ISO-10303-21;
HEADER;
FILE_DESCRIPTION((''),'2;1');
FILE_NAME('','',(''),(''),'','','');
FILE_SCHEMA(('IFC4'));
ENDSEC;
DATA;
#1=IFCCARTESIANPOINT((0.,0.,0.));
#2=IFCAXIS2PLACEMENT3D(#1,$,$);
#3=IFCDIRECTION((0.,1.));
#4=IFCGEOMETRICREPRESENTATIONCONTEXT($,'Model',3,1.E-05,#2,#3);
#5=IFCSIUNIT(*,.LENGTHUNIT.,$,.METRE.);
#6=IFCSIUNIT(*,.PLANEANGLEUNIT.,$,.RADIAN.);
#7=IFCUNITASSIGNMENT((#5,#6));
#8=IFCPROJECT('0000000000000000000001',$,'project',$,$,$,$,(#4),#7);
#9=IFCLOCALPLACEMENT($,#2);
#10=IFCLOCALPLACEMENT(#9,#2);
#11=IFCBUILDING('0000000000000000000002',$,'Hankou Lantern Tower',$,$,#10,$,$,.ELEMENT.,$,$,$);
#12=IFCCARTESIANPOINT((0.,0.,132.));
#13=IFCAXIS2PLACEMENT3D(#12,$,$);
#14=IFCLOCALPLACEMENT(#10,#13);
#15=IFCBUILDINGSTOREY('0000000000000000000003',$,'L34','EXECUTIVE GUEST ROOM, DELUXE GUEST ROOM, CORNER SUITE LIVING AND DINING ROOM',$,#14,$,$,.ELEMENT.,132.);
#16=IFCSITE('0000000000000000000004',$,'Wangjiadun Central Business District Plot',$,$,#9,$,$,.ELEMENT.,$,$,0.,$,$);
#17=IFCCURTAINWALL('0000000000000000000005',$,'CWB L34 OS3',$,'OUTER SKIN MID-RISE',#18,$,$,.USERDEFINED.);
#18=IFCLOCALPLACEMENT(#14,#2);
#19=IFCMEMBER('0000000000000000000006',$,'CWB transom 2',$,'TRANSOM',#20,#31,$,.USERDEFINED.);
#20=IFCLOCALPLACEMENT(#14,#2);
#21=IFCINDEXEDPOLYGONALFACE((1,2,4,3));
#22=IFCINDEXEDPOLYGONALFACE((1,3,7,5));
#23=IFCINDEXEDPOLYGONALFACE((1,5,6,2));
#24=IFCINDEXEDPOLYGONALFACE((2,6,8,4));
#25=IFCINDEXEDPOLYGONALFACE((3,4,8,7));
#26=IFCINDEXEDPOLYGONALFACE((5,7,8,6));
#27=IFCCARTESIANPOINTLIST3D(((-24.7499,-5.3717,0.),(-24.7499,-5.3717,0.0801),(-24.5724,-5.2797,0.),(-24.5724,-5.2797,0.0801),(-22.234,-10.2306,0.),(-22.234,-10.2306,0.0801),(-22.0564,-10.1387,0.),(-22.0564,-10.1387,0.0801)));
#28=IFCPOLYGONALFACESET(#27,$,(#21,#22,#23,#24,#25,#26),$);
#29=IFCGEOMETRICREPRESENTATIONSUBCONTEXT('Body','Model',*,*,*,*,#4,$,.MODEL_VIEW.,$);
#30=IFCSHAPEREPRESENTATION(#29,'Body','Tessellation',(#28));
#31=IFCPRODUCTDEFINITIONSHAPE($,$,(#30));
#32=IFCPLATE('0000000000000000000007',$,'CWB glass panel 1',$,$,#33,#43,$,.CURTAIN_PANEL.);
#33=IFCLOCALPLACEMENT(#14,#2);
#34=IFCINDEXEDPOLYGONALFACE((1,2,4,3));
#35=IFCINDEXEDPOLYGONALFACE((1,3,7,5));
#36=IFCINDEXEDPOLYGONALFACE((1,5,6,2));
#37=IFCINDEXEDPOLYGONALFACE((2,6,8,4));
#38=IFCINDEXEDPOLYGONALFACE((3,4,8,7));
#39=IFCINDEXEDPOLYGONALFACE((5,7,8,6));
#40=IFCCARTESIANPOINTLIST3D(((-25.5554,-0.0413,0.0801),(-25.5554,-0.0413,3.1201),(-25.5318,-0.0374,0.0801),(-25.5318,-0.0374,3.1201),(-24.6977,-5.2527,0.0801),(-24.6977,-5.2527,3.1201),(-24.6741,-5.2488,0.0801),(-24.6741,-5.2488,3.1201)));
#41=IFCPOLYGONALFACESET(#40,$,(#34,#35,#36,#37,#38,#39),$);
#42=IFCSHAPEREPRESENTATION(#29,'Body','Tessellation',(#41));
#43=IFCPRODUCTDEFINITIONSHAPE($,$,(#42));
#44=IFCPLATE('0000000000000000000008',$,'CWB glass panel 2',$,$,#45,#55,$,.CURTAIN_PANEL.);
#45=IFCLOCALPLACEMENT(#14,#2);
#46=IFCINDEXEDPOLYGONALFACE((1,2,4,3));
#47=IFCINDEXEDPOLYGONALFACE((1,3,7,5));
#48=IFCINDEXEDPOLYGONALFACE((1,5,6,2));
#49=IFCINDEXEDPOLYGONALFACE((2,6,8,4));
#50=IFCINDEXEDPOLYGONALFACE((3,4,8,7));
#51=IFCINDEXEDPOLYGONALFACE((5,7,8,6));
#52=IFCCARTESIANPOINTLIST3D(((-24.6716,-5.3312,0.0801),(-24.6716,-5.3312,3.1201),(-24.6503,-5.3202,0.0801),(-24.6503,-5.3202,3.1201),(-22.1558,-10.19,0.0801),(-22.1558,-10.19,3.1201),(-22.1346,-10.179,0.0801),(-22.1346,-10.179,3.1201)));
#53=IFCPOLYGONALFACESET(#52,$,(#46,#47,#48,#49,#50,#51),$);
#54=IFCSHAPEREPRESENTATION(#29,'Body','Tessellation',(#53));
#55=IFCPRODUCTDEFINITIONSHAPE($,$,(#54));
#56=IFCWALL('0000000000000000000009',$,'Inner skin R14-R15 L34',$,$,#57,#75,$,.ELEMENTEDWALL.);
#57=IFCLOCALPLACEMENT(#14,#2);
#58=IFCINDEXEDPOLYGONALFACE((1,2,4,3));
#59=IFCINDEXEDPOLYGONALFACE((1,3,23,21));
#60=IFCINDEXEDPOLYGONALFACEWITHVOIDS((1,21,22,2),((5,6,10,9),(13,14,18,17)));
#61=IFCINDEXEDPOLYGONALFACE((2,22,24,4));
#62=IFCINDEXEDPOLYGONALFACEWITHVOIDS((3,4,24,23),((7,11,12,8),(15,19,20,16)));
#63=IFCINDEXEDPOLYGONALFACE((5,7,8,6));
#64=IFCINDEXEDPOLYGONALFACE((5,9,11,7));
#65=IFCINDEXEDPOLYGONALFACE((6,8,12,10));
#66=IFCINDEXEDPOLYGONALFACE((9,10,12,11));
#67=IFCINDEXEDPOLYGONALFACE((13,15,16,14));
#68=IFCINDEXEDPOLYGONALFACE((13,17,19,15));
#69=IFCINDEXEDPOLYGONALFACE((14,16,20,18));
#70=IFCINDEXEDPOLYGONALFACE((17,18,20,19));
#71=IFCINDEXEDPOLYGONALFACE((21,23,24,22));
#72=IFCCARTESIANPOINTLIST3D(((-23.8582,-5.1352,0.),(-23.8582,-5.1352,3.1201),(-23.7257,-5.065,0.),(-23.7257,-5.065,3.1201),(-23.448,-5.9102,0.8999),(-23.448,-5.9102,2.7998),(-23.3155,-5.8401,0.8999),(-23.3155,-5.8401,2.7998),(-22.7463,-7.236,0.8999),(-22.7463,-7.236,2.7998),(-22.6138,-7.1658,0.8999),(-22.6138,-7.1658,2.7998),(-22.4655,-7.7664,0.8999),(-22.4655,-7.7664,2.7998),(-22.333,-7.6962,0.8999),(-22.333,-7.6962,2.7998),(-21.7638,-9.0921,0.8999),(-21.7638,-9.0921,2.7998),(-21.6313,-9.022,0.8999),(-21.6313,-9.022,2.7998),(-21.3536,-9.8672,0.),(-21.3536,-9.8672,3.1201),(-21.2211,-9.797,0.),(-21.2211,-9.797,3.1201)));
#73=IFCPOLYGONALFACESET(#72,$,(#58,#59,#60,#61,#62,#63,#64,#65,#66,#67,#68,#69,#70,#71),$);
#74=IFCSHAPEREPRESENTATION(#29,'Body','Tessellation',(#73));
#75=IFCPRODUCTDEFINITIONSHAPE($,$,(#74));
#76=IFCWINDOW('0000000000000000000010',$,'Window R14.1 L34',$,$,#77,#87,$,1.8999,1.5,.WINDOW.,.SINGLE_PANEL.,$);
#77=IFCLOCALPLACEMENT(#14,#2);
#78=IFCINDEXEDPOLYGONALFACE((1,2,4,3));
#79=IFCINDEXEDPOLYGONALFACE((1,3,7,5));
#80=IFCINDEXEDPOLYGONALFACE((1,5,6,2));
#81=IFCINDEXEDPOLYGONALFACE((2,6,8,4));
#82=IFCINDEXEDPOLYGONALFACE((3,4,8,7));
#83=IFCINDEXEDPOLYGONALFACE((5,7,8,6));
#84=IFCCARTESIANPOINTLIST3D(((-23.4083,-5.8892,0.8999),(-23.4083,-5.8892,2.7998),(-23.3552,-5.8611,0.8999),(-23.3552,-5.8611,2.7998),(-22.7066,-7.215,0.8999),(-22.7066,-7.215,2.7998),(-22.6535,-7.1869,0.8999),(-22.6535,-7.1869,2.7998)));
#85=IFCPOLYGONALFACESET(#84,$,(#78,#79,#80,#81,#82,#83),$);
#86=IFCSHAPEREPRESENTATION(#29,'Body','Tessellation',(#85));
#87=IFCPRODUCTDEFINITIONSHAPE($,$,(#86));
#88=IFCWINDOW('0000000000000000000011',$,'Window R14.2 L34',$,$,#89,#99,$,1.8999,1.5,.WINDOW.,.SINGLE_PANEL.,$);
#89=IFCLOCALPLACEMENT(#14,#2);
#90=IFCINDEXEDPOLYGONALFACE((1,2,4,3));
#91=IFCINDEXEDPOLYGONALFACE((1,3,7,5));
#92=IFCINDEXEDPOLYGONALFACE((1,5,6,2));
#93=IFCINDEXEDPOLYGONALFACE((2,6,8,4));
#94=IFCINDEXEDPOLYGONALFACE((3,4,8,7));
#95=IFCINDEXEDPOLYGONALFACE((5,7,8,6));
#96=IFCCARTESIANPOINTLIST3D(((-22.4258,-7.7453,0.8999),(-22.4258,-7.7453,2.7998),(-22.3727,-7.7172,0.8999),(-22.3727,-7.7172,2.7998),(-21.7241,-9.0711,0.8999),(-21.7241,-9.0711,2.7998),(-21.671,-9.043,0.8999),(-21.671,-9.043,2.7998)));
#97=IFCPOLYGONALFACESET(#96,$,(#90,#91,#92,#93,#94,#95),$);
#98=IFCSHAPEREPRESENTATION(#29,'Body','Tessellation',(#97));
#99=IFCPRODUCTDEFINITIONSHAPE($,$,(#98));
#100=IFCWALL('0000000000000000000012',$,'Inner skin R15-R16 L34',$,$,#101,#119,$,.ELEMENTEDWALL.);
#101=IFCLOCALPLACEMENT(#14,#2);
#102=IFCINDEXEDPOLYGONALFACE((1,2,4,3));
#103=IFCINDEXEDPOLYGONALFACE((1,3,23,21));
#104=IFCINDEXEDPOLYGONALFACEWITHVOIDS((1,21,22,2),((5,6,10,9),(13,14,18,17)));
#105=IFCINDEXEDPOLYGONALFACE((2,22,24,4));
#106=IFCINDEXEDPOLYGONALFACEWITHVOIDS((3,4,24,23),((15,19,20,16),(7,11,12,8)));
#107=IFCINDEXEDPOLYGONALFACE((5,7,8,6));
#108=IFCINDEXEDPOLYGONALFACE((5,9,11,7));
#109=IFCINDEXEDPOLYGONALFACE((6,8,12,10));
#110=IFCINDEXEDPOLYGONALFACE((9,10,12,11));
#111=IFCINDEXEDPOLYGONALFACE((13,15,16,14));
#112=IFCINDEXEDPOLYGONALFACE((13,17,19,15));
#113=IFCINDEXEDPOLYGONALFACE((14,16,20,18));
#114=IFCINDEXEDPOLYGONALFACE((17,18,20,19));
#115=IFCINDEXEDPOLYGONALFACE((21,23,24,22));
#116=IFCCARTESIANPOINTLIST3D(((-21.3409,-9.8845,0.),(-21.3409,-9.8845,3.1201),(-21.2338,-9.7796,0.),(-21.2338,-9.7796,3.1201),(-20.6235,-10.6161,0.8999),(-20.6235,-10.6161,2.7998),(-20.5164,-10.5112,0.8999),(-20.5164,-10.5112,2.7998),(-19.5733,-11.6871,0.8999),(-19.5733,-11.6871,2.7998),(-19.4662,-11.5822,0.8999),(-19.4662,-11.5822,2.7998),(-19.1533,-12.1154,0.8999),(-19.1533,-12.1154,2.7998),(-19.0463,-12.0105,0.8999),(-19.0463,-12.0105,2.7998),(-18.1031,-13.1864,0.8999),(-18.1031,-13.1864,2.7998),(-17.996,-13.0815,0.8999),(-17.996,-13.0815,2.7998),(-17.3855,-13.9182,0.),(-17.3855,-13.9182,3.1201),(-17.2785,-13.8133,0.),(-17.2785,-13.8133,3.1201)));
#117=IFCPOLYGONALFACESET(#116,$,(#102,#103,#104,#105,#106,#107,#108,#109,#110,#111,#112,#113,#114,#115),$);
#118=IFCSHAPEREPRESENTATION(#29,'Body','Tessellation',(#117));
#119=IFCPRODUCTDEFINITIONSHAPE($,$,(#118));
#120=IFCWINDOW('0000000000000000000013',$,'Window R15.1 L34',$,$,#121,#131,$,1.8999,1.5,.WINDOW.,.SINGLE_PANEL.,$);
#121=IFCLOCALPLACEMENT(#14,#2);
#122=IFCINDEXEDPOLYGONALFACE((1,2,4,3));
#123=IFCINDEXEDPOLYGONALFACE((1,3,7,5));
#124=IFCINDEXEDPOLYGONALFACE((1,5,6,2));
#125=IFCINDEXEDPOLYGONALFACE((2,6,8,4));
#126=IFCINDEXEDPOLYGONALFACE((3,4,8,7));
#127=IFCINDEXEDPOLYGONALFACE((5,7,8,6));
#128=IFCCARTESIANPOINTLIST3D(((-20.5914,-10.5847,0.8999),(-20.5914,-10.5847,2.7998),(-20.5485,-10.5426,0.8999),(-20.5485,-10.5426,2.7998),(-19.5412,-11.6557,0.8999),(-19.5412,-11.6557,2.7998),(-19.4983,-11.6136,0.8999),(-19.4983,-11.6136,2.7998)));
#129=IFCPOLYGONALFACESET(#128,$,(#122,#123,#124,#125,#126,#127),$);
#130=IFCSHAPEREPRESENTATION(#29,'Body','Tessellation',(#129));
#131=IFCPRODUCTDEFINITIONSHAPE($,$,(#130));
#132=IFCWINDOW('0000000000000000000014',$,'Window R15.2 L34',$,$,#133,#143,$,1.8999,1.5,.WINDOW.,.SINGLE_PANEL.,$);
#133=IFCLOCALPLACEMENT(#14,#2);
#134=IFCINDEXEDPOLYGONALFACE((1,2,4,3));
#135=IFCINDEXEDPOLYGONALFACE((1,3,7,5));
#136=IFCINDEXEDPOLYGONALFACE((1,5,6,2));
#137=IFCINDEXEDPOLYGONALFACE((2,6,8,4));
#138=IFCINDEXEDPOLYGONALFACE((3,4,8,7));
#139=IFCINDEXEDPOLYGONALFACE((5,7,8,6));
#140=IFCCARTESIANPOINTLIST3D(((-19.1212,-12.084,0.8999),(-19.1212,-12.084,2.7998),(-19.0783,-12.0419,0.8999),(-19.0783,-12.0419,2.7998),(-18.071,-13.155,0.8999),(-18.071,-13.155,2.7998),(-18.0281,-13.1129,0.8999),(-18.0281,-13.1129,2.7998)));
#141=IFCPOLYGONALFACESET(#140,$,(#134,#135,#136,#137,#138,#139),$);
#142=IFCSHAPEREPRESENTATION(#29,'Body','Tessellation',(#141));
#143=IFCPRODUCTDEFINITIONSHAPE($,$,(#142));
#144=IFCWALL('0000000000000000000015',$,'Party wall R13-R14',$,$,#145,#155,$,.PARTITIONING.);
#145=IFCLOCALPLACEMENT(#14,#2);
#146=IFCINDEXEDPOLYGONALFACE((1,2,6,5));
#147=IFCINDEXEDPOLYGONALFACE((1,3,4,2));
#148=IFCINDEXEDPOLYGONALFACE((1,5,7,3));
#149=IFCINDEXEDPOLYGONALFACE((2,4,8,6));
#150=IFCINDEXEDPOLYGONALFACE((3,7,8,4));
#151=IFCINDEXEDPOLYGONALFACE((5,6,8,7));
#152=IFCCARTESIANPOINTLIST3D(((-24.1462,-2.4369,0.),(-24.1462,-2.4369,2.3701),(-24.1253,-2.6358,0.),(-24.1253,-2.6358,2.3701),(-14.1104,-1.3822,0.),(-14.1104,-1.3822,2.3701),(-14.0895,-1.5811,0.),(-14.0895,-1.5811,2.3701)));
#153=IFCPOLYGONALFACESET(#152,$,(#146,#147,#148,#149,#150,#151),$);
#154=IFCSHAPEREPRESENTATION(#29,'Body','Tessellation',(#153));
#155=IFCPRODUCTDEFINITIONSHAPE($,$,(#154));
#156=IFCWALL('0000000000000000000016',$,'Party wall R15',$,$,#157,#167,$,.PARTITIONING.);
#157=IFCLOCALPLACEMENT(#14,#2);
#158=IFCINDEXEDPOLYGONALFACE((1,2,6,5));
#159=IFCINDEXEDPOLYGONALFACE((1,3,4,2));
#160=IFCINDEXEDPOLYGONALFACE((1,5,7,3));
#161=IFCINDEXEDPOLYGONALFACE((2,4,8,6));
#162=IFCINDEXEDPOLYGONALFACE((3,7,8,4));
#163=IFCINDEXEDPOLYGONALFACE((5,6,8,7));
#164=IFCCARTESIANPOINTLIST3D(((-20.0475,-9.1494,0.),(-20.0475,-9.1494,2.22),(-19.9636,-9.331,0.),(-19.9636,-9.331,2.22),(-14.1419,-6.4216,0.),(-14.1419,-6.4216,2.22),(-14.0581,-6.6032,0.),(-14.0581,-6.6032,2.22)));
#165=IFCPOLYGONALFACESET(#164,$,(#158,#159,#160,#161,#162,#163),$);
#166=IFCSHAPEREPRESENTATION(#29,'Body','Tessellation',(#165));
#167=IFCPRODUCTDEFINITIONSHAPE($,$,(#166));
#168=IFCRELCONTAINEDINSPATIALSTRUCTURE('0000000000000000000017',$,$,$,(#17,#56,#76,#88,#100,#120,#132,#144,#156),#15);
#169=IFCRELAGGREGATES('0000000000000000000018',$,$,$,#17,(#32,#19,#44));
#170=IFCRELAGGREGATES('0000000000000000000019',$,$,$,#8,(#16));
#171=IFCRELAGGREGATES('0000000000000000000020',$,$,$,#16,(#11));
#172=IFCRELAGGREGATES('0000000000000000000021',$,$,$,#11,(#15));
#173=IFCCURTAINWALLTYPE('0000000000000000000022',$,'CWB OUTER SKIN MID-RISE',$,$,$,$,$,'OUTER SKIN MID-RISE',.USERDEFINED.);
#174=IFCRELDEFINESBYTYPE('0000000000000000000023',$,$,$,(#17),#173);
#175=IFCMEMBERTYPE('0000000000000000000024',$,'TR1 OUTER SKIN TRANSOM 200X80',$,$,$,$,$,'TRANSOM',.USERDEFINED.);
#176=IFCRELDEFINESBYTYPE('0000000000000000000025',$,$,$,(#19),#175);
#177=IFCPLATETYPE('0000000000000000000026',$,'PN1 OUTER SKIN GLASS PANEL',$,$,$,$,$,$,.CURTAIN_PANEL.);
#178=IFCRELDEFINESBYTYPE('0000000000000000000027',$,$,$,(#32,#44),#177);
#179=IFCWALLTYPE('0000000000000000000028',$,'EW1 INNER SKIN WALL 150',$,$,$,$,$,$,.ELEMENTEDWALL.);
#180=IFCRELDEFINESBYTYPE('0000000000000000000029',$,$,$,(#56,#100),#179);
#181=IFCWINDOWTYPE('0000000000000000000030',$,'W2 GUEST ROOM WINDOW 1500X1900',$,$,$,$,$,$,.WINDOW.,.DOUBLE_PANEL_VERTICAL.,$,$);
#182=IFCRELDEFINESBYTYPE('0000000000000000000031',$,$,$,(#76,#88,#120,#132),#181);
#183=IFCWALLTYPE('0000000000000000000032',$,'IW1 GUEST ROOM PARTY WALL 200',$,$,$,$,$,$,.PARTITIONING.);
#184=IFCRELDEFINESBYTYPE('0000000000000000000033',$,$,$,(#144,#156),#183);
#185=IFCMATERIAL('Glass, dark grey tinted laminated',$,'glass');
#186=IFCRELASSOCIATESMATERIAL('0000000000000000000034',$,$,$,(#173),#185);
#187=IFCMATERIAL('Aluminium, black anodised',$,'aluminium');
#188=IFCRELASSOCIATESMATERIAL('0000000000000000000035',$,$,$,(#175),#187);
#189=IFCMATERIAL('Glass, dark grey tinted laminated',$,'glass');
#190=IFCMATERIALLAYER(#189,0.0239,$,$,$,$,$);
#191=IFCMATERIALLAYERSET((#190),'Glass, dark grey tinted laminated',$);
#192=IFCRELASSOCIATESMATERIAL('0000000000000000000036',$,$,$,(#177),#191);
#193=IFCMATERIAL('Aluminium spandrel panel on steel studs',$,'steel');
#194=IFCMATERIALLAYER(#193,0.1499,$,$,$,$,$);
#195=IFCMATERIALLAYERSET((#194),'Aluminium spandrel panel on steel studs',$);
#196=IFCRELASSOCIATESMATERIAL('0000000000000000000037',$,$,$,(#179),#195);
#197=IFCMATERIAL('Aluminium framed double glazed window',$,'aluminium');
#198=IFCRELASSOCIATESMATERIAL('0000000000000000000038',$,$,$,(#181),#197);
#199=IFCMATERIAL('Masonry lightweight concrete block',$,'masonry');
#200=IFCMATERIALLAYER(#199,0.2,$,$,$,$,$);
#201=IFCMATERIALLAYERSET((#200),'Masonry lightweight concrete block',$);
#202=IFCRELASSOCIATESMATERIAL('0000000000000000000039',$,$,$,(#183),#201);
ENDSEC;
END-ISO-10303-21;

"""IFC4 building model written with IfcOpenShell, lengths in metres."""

from ifc_helpers import new_model, si_unit, direction, frame, frame_2d, origin, origin_2d, place, context, subcontext, project, spatial, rectangle, extrude, material, layer, layer_set, material_profile, profile_set, type_object, element, fill, aggregate, save


model = new_model("IFC4")

# Units and contexts
model_context = context("Model", 3, precision=1e-05, world=origin(), true_north=direction((0.0, 1.0)))
body_context = subcontext(model_context, "Body", "Model", "MODEL_VIEW")
ifc_project = project(units=[si_unit("LENGTHUNIT", "METRE"), si_unit("PLANEANGLEUNIT", "RADIAN")], contexts=[model_context])

# Site, building, storey
site_placement = place(None, origin())
site = spatial("IfcSite", under=ifc_project, at=site_placement, Name="Wangjiadun Central Business District Plot", CompositionType="ELEMENT", RefElevation=0.0)
building_placement = place(site_placement, origin())
building = spatial("IfcBuilding", under=site, at=building_placement, Name="Hankou Lantern Tower", CompositionType="ELEMENT")
storey_placement = place(building_placement, frame((0.0, 0.0, 132.0)))
storey = spatial("IfcBuildingStorey", under=building, at=storey_placement, Name="L34", Description="EXECUTIVE GUEST ROOM, DELUXE GUEST ROOM, CORNER SUITE LIVING AND DINING ROOM", CompositionType="ELEMENT", Elevation=132.0)

# Curtain wall
ifc_material_1 = material(Name="Glass, dark grey tinted laminated", Category="glass")
curtain_wall_type = type_object("IfcCurtainWallType", Name="CWB OUTER SKIN MID-RISE", ElementType="OUTER SKIN MID-RISE", PredefinedType="USERDEFINED", material=ifc_material_1)
curtain_wall_placement = place(storey_placement, origin())
curtain_wall = element("IfcCurtainWall", 1, at=curtain_wall_placement, inside=storey, type_object=curtain_wall_type, Name="CWB L34 OS3", ObjectType="OUTER SKIN MID-RISE", PredefinedType="USERDEFINED")

# Member
ifc_material_2 = material(Name="Aluminium, black anodised", Category="aluminium")
ifc_material_profile_1 = material_profile(ifc_material_2, rectangle(XDim=0.2, YDim=0.0801, at=origin_2d()), Name="TR1 200X80")
ifc_profile_set_1 = profile_set([ifc_material_profile_1], Name="Aluminium, black anodised")
member_type_1 = type_object("IfcMemberType", Name="TR1 OUTER SKIN TRANSOM 200X80", ElementType="TRANSOM", PredefinedType="USERDEFINED", material=ifc_profile_set_1)
member_1_placement = place(storey_placement, frame((-24.6611, -5.3257, 0.04), z_axis=(0.459805, -0.88802, 0.0), x_axis=(0.88802, 0.459805, 0.0)))
member_1 = element("IfcMember", 2, at=member_1_placement, type_object=member_type_1, Name="CWB transom 2", ObjectType="TRANSOM", PredefinedType="USERDEFINED", context=body_context, shape_type="SweptSolid", body=[
    extrude(rectangle(XDim=0.2, YDim=0.0801, at=origin_2d()), origin(), (0.0, 0.0, 1.0), 5.4717),
])

# Plates
ifc_material_3 = material(Name="Glass, dark grey tinted laminated", Category="glass")
ifc_layer_1 = layer(ifc_material_3, 0.0239)
ifc_layer_set_1 = layer_set([ifc_layer_1], Name="Glass, dark grey tinted laminated")
plate_type = type_object("IfcPlateType", Name="PN1 OUTER SKIN GLASS PANEL", PredefinedType="CURTAIN_PANEL", material=ifc_layer_set_1)
plate_1_placement = place(storey_placement, frame((-25.1147, -2.645, 0.0801), z_axis=(0.0, 0.0, 1.0), x_axis=(0.162382, -0.986728, 0.0)))
plate_1 = element("IfcPlate", 3, at=plate_1_placement, type_object=plate_type, Name="CWB glass panel 1", PredefinedType="CURTAIN_PANEL", context=body_context, shape_type="SweptSolid", body=[
    extrude(rectangle(XDim=5.2815, YDim=0.0239, at=origin_2d()), origin(), (0.0, 0.0, 1.0), 3.04),
])
plate_2_placement = place(storey_placement, frame((-23.4031, -7.7551, 0.0801), z_axis=(0.0, 0.0, 1.0), x_axis=(0.459791, -0.888027, 0.0)))
plate_2 = element("IfcPlate", 4, at=plate_2_placement, type_object=plate_type, Name="CWB glass panel 2", PredefinedType="CURTAIN_PANEL", context=body_context, shape_type="SweptSolid", body=[
    extrude(rectangle(XDim=5.4714, YDim=0.0239, at=origin_2d()), origin(), (0.0, 0.0, 1.0), 3.04),
])
aggregate(curtain_wall, [plate_1, member_1, plate_2])

# Walls, openings, windows
ifc_material_4 = material(Name="Aluminium spandrel panel on steel studs", Category="steel")
ifc_layer_2 = layer(ifc_material_4, 0.1499)
ifc_layer_set_2 = layer_set([ifc_layer_2], Name="Aluminium spandrel panel on steel studs")
wall_type_1 = type_object("IfcWallType", Name="EW1 INNER SKIN WALL 150", PredefinedType="ELEMENTEDWALL", material=ifc_layer_set_2)
wall_1_placement = place(storey_placement, frame((-23.792, -5.1001, 0.0), z_axis=(0.0, 0.0, 1.0), x_axis=(0.467814, -0.883827, 0.0)))
wall_1 = element("IfcWall", 5, at=wall_1_placement, inside=storey, type_object=wall_type_1, Name="Inner skin R14-R15 L34", PredefinedType="ELEMENTEDWALL", context=body_context, shape_type="SweptSolid", body=[
    extrude(rectangle(XDim=5.354, YDim=0.1499, at=frame_2d((2.677, 0.0))), origin(), (0.0, 0.0, 1.0), 3.1201),
])
opening_1_placement = place(wall_1_placement, frame((0.877, 0.0, 0.8999)))
opening_1 = element("IfcOpeningElement", 6, at=opening_1_placement, cuts=wall_1, PredefinedType="OPENING", context=body_context, shape_type="SweptSolid", body=[
    extrude(rectangle(XDim=1.5, YDim=1.8999, at=frame_2d((0.75, 0.95))), frame((0.0, 0.085, 0.0), z_axis=(0.0, -1.0, 0.0), x_axis=(1.0, 0.0, 0.0)), (0.0, 0.0, 1.0), 0.1699),
])
opening_2_placement = place(wall_1_placement, frame((2.9771, 0.0, 0.8999)))
opening_2 = element("IfcOpeningElement", 7, at=opening_2_placement, cuts=wall_1, PredefinedType="OPENING", context=body_context, shape_type="SweptSolid", body=[
    extrude(rectangle(XDim=1.5, YDim=1.8999, at=frame_2d((0.75, 0.95))), frame((0.0, 0.085, 0.0), z_axis=(0.0, -1.0, 0.0), x_axis=(1.0, 0.0, 0.0)), (0.0, 0.0, 1.0), 0.1699),
])
ifc_material_5 = material(Name="Aluminium framed double glazed window", Category="aluminium")
window_type = type_object("IfcWindowType", Name="W2 GUEST ROOM WINDOW 1500X1900", PartitioningType="DOUBLE_PANEL_VERTICAL", PredefinedType="WINDOW", material=ifc_material_5)
window_1_placement = place(opening_1_placement, origin())
window_1 = element("IfcWindow", 8, at=window_1_placement, inside=storey, type_object=window_type, Name="Window R14.1 L34", OverallHeight=1.8999, OverallWidth=1.5, PartitioningType="SINGLE_PANEL", PredefinedType="WINDOW", context=body_context, shape_type="SweptSolid", body=[
    extrude(rectangle(XDim=1.5, YDim=1.8999, at=frame_2d((0.75, 0.95))), frame((0.0, 0.03, 0.0), z_axis=(0.0, -1.0, 0.0), x_axis=(1.0, 0.0, 0.0)), (0.0, 0.0, 1.0), 0.0601),
])
fill(opening_1, window_1)
window_2_placement = place(opening_2_placement, origin())
window_2 = element("IfcWindow", 9, at=window_2_placement, inside=storey, type_object=window_type, Name="Window R14.2 L34", OverallHeight=1.8999, OverallWidth=1.5, PartitioningType="SINGLE_PANEL", PredefinedType="WINDOW", context=body_context, shape_type="SweptSolid", body=[
    extrude(rectangle(XDim=1.5, YDim=1.8999, at=frame_2d((0.75, 0.95))), frame((0.0, 0.03, 0.0), z_axis=(0.0, -1.0, 0.0), x_axis=(1.0, 0.0, 0.0)), (0.0, 0.0, 1.0), 0.0601),
])
fill(opening_2, window_2)
wall_2_placement = place(storey_placement, frame((-21.2874, -9.832, 0.0), z_axis=(0.0, 0.0, 1.0), x_axis=(0.700137, -0.714009, 0.0)))
wall_2 = element("IfcWall", 10, at=wall_2_placement, inside=storey, type_object=wall_type_1, Name="Inner skin R15-R16 L34", PredefinedType="ELEMENTEDWALL", context=body_context, shape_type="SweptSolid", body=[
    extrude(rectangle(XDim=5.6494, YDim=0.1499, at=frame_2d((2.8247, 0.0))), origin(), (0.0, 0.0, 1.0), 3.1201),
])
opening_3_placement = place(wall_2_placement, frame((1.0247, 0.0, 0.8999)))
opening_3 = element("IfcOpeningElement", 11, at=opening_3_placement, cuts=wall_2, PredefinedType="OPENING", context=body_context, shape_type="SweptSolid", body=[
    extrude(rectangle(XDim=1.5, YDim=1.8999, at=frame_2d((0.75, 0.95))), frame((0.0, 0.085, 0.0), z_axis=(0.0, -1.0, 0.0), x_axis=(1.0, 0.0, 0.0)), (0.0, 0.0, 1.0), 0.1699),
])
opening_4_placement = place(wall_2_placement, frame((3.1245, 0.0, 0.8999)))
opening_4 = element("IfcOpeningElement", 12, at=opening_4_placement, cuts=wall_2, PredefinedType="OPENING", context=body_context, shape_type="SweptSolid", body=[
    extrude(rectangle(XDim=1.5, YDim=1.8999, at=frame_2d((0.75, 0.95))), frame((0.0, 0.085, 0.0), z_axis=(0.0, -1.0, 0.0), x_axis=(1.0, 0.0, 0.0)), (0.0, 0.0, 1.0), 0.1699),
])
window_3_placement = place(opening_3_placement, origin())
window_3 = element("IfcWindow", 13, at=window_3_placement, inside=storey, type_object=window_type, Name="Window R15.1 L34", OverallHeight=1.8999, OverallWidth=1.5, PartitioningType="SINGLE_PANEL", PredefinedType="WINDOW", context=body_context, shape_type="SweptSolid", body=[
    extrude(rectangle(XDim=1.5, YDim=1.8999, at=frame_2d((0.75, 0.95))), frame((0.0, 0.03, 0.0), z_axis=(0.0, -1.0, 0.0), x_axis=(1.0, 0.0, 0.0)), (0.0, 0.0, 1.0), 0.0601),
])
fill(opening_3, window_3)
window_4_placement = place(opening_4_placement, origin())
window_4 = element("IfcWindow", 14, at=window_4_placement, inside=storey, type_object=window_type, Name="Window R15.2 L34", OverallHeight=1.8999, OverallWidth=1.5, PartitioningType="SINGLE_PANEL", PredefinedType="WINDOW", context=body_context, shape_type="SweptSolid", body=[
    extrude(rectangle(XDim=1.5, YDim=1.8999, at=frame_2d((0.75, 0.95))), frame((0.0, 0.03, 0.0), z_axis=(0.0, -1.0, 0.0), x_axis=(1.0, 0.0, 0.0)), (0.0, 0.0, 1.0), 0.0601),
])
fill(opening_4, window_4)

# Walls
ifc_material_6 = material(Name="Masonry lightweight concrete block", Category="masonry")
ifc_layer_3 = layer(ifc_material_6, 0.2)
ifc_layer_set_3 = layer_set([ifc_layer_3], Name="Masonry lightweight concrete block")
wall_type_2 = type_object("IfcWallType", Name="IW1 GUEST ROOM PARTY WALL 200", PredefinedType="PARTITIONING", material=ifc_layer_set_3)
wall_3_placement = place(storey_placement, frame((-14.1001, -1.4817, 0.0), z_axis=(0.0, 0.0, 1.0), x_axis=(-0.994523, -0.104516, 0.0)))
element("IfcWall", 15, at=wall_3_placement, inside=storey, type_object=wall_type_2, Name="Party wall R13-R14", PredefinedType="PARTITIONING", context=body_context, shape_type="SweptSolid", body=[
    extrude(rectangle(XDim=10.0911, YDim=0.2, at=frame_2d((5.0454, 0.0))), origin(), (0.0, 0.0, 1.0), 2.3701),
])
wall_4_placement = place(storey_placement, frame((-14.1001, -6.5125, 0.0), z_axis=(0.0, 0.0, 1.0), x_axis=(-0.907833, -0.419332, 0.0)))
element("IfcWall", 16, at=wall_4_placement, inside=storey, type_object=wall_type_2, Name="Party wall R15", PredefinedType="PARTITIONING", context=body_context, shape_type="SweptSolid", body=[
    extrude(rectangle(XDim=6.5051, YDim=0.2, at=frame_2d((3.2524, 0.0))), origin(), (0.0, 0.0, 1.0), 2.22),
])

save(model, "model.ifc")
